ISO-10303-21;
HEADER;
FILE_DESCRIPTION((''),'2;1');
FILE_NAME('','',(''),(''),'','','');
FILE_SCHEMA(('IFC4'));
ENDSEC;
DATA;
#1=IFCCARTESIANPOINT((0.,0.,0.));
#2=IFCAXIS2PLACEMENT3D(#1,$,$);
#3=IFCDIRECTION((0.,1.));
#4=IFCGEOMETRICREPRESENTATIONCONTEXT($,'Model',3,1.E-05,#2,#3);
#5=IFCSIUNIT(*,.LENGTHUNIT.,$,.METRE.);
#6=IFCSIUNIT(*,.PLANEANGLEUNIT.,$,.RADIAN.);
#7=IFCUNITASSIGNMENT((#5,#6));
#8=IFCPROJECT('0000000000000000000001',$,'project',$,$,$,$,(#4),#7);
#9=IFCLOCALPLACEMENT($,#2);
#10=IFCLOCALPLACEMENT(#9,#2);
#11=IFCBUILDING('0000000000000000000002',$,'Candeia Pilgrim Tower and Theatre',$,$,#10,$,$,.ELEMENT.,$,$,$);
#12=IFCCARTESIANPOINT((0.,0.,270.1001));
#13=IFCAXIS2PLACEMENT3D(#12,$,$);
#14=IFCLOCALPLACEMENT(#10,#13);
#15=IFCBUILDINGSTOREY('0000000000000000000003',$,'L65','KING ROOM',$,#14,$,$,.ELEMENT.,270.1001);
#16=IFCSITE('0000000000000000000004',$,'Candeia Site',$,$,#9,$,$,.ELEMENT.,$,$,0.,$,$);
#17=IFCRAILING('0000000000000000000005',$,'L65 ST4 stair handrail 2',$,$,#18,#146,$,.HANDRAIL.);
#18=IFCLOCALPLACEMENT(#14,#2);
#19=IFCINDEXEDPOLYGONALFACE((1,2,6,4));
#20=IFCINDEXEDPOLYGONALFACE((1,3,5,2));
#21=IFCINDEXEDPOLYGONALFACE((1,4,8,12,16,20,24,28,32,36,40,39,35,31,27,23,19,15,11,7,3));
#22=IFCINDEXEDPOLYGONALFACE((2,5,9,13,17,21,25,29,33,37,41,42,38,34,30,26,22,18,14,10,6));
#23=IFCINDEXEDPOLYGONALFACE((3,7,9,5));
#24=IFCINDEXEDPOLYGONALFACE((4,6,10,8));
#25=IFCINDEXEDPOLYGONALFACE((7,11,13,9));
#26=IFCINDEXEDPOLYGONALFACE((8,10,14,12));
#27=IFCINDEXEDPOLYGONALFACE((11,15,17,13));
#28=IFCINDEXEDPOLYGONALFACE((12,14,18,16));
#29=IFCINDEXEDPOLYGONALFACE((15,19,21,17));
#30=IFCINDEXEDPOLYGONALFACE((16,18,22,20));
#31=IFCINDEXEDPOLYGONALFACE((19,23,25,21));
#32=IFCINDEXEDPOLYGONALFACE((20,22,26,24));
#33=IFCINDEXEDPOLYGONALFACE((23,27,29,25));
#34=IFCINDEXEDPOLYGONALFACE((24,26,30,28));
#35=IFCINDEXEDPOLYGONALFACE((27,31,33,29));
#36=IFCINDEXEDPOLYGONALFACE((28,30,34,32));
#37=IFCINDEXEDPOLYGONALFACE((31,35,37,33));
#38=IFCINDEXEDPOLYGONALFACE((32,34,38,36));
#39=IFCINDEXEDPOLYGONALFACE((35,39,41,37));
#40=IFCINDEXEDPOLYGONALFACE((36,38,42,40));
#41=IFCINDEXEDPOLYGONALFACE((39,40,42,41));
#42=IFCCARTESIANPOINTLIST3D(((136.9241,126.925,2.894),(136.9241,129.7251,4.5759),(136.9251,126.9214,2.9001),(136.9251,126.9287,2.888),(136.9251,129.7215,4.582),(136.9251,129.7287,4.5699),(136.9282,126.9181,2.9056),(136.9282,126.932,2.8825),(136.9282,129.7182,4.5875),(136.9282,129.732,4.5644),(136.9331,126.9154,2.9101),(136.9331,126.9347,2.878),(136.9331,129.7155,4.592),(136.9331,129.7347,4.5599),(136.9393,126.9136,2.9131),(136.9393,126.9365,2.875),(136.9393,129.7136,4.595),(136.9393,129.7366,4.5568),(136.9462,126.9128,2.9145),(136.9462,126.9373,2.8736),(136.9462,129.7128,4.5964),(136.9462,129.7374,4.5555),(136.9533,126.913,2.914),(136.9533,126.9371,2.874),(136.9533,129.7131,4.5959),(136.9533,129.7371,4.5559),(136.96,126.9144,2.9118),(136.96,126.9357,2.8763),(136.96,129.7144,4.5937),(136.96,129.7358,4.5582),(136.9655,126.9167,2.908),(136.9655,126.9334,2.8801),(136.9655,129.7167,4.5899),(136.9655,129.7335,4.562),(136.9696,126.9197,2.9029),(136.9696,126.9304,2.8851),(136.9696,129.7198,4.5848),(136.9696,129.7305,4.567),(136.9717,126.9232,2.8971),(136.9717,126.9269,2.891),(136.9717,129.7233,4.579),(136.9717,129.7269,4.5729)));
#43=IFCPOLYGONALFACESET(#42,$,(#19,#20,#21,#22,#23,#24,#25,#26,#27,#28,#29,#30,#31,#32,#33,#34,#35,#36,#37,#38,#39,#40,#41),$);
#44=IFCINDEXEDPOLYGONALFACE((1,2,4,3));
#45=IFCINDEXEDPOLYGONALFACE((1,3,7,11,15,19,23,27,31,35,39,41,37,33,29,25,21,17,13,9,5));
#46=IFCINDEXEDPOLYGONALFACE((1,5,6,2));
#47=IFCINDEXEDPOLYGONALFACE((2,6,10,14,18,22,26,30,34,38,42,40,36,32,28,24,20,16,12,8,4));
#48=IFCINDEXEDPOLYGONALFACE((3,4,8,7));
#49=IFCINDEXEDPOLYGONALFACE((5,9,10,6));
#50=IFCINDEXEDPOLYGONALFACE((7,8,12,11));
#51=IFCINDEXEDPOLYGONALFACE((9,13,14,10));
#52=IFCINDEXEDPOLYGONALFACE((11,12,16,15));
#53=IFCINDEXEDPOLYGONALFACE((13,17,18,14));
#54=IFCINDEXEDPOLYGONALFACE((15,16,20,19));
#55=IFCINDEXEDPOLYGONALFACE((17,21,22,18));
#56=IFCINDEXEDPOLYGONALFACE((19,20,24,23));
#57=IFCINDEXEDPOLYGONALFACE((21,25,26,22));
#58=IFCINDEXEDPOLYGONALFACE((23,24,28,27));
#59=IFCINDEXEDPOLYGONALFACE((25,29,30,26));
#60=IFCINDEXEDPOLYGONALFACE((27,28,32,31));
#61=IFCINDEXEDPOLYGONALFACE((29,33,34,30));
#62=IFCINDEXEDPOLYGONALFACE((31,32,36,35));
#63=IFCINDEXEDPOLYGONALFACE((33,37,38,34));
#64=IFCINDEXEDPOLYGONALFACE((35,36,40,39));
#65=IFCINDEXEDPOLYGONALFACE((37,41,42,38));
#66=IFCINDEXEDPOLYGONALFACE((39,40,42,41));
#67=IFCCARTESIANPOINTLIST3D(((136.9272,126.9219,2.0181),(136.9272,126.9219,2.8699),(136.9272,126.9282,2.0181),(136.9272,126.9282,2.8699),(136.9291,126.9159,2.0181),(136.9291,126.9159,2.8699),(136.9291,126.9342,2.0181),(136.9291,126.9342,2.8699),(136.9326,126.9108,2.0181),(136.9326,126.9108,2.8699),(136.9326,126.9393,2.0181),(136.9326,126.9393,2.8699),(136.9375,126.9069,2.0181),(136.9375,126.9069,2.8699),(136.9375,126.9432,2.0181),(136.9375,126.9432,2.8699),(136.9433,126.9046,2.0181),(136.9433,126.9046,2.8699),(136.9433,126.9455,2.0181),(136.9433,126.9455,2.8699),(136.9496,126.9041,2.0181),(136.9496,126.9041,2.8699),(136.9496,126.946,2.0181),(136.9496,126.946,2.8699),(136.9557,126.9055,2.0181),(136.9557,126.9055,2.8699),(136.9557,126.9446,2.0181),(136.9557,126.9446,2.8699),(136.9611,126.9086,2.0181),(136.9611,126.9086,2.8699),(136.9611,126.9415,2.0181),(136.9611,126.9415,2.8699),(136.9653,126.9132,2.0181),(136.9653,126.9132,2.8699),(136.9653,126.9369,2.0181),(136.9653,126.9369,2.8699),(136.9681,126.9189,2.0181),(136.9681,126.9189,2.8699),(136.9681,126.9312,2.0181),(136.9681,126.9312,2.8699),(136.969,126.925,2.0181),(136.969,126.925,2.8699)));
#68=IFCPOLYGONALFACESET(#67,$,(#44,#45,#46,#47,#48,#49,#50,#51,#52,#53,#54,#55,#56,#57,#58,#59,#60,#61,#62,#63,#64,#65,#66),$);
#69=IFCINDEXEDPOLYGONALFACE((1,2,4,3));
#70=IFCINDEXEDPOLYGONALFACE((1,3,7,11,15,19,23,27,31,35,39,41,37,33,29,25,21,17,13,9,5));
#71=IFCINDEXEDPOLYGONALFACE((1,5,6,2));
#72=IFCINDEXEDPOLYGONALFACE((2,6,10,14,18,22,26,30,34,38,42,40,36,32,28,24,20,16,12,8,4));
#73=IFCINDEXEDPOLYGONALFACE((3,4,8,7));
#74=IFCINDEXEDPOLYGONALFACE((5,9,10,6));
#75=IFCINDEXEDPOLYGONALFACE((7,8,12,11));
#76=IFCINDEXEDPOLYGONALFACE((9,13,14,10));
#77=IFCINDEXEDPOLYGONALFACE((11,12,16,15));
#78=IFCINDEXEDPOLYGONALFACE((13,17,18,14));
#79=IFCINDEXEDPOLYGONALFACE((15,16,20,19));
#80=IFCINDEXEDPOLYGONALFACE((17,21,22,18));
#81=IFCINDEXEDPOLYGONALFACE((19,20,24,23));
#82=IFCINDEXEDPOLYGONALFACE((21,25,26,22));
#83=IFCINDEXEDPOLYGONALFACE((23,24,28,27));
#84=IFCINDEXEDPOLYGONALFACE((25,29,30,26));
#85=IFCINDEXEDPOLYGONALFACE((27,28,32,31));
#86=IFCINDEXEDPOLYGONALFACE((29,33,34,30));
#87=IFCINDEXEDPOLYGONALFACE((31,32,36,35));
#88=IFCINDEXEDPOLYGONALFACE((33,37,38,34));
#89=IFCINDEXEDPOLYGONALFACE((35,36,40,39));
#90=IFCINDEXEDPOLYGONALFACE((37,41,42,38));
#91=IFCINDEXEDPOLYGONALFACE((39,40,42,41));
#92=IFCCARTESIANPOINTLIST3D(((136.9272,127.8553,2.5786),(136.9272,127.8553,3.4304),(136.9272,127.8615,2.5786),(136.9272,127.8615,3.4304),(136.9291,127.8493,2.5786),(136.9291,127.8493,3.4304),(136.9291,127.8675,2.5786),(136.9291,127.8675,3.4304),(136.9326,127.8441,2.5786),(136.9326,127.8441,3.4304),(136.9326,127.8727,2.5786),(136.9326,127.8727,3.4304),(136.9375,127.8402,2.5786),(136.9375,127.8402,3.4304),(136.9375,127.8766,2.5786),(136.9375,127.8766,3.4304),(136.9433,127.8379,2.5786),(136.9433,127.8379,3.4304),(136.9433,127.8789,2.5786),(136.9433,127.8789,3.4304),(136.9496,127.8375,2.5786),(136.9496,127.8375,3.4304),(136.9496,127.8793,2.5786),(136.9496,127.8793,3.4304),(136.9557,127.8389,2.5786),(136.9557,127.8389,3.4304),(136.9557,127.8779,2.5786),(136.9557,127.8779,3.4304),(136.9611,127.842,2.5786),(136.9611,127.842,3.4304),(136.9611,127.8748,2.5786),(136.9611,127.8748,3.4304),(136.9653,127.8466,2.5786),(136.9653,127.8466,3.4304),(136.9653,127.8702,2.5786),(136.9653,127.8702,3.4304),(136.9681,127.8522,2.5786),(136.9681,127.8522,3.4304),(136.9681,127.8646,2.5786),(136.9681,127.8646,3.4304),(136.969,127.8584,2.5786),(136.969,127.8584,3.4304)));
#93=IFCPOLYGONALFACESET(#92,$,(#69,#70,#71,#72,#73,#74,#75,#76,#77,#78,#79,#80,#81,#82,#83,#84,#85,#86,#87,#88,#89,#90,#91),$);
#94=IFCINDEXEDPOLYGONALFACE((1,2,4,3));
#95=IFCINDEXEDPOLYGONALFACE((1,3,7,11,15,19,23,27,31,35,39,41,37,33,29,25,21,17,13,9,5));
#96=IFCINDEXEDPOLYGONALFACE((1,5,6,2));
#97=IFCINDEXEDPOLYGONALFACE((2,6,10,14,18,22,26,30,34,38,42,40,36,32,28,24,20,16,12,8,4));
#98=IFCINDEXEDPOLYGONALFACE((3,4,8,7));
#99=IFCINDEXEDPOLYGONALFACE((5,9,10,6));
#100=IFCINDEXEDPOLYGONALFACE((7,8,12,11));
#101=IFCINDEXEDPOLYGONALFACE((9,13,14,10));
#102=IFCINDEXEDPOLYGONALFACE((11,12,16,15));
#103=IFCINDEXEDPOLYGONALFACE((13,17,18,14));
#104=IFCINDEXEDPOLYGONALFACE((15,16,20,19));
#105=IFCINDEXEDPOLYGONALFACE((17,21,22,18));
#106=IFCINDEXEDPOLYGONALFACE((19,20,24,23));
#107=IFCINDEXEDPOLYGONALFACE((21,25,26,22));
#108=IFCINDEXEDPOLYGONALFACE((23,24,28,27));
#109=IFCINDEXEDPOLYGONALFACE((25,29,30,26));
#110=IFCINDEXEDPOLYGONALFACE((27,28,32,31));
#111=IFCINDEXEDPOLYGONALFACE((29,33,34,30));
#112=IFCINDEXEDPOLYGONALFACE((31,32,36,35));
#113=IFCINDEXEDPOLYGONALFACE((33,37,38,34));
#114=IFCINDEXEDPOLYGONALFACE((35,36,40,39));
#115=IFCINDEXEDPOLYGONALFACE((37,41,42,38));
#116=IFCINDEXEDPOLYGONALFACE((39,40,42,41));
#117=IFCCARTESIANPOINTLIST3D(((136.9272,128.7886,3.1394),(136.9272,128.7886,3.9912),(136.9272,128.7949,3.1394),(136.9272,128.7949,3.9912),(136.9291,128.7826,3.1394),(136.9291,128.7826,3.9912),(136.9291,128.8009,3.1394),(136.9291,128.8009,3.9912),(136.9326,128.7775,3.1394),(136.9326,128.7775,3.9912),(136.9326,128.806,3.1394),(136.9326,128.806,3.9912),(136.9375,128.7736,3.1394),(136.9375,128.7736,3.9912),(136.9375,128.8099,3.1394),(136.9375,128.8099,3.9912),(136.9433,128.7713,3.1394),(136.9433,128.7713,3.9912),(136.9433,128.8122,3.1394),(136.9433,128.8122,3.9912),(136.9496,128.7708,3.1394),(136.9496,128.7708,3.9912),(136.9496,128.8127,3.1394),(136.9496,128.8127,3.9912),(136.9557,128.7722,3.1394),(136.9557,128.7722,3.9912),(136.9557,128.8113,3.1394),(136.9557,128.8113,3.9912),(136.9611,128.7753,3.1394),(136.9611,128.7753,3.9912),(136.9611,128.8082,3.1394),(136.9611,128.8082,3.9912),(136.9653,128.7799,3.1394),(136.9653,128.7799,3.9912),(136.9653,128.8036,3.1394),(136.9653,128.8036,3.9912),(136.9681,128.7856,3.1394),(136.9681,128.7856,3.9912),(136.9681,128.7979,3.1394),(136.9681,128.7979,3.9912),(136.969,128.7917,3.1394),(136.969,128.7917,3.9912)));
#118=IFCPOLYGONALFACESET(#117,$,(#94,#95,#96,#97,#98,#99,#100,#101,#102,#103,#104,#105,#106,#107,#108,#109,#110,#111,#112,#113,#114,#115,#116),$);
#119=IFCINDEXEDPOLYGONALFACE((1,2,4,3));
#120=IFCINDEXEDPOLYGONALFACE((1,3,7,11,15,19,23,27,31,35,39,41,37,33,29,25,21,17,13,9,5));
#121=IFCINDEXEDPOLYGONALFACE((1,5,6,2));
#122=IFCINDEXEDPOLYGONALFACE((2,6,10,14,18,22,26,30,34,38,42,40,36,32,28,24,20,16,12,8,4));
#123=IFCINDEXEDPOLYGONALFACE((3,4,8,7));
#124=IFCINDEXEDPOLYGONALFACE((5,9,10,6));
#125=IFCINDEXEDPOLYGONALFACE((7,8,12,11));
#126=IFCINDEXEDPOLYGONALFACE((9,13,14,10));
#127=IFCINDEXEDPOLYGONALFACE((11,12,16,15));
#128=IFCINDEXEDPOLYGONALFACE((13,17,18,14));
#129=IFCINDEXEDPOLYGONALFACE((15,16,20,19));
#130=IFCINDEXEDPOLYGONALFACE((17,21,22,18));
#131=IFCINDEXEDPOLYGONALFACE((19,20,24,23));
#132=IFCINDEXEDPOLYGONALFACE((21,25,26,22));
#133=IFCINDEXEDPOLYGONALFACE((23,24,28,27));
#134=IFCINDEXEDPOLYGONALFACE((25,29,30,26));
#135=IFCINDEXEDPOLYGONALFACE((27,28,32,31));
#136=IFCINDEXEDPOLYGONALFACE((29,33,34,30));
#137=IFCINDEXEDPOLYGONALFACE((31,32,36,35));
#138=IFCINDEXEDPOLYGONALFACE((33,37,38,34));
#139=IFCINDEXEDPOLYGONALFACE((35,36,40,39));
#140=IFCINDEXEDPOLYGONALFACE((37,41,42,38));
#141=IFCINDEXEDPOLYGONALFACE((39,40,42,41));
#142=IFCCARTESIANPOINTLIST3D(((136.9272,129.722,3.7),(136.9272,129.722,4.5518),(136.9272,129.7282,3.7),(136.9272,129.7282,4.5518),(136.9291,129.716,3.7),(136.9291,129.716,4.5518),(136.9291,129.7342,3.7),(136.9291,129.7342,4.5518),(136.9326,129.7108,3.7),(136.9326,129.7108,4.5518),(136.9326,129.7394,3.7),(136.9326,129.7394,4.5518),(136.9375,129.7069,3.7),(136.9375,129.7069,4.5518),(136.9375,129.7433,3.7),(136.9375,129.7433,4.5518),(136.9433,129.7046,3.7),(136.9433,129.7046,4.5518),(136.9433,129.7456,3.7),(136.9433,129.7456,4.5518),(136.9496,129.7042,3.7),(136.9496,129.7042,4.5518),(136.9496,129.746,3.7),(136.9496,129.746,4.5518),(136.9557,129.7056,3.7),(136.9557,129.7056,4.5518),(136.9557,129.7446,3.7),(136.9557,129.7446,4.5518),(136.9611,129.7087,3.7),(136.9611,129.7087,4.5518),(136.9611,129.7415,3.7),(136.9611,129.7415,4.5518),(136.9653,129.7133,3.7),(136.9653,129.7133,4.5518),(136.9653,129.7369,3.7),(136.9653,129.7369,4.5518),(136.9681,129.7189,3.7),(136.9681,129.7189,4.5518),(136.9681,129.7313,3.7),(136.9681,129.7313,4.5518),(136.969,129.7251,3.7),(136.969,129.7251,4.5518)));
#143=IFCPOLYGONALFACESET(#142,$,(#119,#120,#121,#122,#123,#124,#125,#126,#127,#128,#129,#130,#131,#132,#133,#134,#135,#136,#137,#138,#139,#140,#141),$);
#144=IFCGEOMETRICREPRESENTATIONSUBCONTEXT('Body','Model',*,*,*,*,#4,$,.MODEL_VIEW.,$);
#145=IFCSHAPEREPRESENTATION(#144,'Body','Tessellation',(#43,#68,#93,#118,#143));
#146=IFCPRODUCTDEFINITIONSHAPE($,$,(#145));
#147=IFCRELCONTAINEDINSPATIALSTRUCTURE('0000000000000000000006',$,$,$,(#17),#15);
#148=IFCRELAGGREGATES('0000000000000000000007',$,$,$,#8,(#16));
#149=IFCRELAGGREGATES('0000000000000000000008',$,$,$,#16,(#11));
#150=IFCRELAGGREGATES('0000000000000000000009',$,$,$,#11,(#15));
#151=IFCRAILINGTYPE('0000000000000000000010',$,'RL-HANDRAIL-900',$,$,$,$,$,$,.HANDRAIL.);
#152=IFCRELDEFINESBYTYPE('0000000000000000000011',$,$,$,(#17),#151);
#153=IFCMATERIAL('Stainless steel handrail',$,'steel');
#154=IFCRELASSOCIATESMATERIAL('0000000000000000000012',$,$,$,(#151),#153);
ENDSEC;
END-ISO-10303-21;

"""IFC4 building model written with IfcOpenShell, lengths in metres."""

from ifc_helpers import new_model, si_unit, direction, frame, origin, origin_2d, place, context, subcontext, project, spatial, circle, extrude, material, type_object, element, save


model = new_model("IFC4")

# Units and contexts
model_context = context("Model", 3, precision=1e-05, world=origin(), true_north=direction((0.0, 1.0)))
body_context = subcontext(model_context, "Body", "Model", "MODEL_VIEW")
ifc_project = project(units=[si_unit("LENGTHUNIT", "METRE"), si_unit("PLANEANGLEUNIT", "RADIAN")], contexts=[model_context])

# Site, building, storey
site_placement = place(None, origin())
site = spatial("IfcSite", under=ifc_project, at=site_placement, Name="Candeia Site", CompositionType="ELEMENT", RefElevation=0.0)
building_placement = place(site_placement, origin())
building = spatial("IfcBuilding", under=site, at=building_placement, Name="Candeia Pilgrim Tower and Theatre", CompositionType="ELEMENT")
storey_placement = place(building_placement, frame((0.0, 0.0, 270.1001)))
storey = spatial("IfcBuildingStorey", under=building, at=storey_placement, Name="L65", Description="KING ROOM", CompositionType="ELEMENT", Elevation=270.1001)

# Railing
ifc_material_1 = material(Name="Stainless steel handrail", Category="steel")
railing_type_1 = type_object("IfcRailingType", Name="RL-HANDRAIL-900", PredefinedType="HANDRAIL", material=ifc_material_1)
railing_1_placement = place(storey_placement, frame((136.948, 126.925, 2.0181)))
element("IfcRailing", 1, at=railing_1_placement, inside=storey, type_object=railing_type_1, Name="L65 ST4 stair handrail 2", PredefinedType="HANDRAIL", context=body_context, shape_type="SweptSolid", body=[
    extrude(circle(Radius=0.0239, at=origin_2d()), frame((0.0, 0.0, 0.876), z_axis=(0.0, 0.857242, 0.514913), x_axis=(-1.0, 0.0, 0.0)), (0.0, 0.0, 1.0), 3.2664),
    extrude(circle(Radius=0.021, at=origin_2d()), origin(), (0.0, 0.0, 1.0), 0.8518),
    extrude(circle(Radius=0.021, at=origin_2d()), frame((0.0, 0.9333, 0.5605)), (0.0, 0.0, 1.0), 0.8518),
    extrude(circle(Radius=0.021, at=origin_2d()), frame((0.0, 1.8667, 1.1213)), (0.0, 0.0, 1.0), 0.8518),
    extrude(circle(Radius=0.021, at=origin_2d()), frame((0.0, 2.8, 1.6819)), (0.0, 0.0, 1.0), 0.8518),
])

save(model, "model.ifc")
